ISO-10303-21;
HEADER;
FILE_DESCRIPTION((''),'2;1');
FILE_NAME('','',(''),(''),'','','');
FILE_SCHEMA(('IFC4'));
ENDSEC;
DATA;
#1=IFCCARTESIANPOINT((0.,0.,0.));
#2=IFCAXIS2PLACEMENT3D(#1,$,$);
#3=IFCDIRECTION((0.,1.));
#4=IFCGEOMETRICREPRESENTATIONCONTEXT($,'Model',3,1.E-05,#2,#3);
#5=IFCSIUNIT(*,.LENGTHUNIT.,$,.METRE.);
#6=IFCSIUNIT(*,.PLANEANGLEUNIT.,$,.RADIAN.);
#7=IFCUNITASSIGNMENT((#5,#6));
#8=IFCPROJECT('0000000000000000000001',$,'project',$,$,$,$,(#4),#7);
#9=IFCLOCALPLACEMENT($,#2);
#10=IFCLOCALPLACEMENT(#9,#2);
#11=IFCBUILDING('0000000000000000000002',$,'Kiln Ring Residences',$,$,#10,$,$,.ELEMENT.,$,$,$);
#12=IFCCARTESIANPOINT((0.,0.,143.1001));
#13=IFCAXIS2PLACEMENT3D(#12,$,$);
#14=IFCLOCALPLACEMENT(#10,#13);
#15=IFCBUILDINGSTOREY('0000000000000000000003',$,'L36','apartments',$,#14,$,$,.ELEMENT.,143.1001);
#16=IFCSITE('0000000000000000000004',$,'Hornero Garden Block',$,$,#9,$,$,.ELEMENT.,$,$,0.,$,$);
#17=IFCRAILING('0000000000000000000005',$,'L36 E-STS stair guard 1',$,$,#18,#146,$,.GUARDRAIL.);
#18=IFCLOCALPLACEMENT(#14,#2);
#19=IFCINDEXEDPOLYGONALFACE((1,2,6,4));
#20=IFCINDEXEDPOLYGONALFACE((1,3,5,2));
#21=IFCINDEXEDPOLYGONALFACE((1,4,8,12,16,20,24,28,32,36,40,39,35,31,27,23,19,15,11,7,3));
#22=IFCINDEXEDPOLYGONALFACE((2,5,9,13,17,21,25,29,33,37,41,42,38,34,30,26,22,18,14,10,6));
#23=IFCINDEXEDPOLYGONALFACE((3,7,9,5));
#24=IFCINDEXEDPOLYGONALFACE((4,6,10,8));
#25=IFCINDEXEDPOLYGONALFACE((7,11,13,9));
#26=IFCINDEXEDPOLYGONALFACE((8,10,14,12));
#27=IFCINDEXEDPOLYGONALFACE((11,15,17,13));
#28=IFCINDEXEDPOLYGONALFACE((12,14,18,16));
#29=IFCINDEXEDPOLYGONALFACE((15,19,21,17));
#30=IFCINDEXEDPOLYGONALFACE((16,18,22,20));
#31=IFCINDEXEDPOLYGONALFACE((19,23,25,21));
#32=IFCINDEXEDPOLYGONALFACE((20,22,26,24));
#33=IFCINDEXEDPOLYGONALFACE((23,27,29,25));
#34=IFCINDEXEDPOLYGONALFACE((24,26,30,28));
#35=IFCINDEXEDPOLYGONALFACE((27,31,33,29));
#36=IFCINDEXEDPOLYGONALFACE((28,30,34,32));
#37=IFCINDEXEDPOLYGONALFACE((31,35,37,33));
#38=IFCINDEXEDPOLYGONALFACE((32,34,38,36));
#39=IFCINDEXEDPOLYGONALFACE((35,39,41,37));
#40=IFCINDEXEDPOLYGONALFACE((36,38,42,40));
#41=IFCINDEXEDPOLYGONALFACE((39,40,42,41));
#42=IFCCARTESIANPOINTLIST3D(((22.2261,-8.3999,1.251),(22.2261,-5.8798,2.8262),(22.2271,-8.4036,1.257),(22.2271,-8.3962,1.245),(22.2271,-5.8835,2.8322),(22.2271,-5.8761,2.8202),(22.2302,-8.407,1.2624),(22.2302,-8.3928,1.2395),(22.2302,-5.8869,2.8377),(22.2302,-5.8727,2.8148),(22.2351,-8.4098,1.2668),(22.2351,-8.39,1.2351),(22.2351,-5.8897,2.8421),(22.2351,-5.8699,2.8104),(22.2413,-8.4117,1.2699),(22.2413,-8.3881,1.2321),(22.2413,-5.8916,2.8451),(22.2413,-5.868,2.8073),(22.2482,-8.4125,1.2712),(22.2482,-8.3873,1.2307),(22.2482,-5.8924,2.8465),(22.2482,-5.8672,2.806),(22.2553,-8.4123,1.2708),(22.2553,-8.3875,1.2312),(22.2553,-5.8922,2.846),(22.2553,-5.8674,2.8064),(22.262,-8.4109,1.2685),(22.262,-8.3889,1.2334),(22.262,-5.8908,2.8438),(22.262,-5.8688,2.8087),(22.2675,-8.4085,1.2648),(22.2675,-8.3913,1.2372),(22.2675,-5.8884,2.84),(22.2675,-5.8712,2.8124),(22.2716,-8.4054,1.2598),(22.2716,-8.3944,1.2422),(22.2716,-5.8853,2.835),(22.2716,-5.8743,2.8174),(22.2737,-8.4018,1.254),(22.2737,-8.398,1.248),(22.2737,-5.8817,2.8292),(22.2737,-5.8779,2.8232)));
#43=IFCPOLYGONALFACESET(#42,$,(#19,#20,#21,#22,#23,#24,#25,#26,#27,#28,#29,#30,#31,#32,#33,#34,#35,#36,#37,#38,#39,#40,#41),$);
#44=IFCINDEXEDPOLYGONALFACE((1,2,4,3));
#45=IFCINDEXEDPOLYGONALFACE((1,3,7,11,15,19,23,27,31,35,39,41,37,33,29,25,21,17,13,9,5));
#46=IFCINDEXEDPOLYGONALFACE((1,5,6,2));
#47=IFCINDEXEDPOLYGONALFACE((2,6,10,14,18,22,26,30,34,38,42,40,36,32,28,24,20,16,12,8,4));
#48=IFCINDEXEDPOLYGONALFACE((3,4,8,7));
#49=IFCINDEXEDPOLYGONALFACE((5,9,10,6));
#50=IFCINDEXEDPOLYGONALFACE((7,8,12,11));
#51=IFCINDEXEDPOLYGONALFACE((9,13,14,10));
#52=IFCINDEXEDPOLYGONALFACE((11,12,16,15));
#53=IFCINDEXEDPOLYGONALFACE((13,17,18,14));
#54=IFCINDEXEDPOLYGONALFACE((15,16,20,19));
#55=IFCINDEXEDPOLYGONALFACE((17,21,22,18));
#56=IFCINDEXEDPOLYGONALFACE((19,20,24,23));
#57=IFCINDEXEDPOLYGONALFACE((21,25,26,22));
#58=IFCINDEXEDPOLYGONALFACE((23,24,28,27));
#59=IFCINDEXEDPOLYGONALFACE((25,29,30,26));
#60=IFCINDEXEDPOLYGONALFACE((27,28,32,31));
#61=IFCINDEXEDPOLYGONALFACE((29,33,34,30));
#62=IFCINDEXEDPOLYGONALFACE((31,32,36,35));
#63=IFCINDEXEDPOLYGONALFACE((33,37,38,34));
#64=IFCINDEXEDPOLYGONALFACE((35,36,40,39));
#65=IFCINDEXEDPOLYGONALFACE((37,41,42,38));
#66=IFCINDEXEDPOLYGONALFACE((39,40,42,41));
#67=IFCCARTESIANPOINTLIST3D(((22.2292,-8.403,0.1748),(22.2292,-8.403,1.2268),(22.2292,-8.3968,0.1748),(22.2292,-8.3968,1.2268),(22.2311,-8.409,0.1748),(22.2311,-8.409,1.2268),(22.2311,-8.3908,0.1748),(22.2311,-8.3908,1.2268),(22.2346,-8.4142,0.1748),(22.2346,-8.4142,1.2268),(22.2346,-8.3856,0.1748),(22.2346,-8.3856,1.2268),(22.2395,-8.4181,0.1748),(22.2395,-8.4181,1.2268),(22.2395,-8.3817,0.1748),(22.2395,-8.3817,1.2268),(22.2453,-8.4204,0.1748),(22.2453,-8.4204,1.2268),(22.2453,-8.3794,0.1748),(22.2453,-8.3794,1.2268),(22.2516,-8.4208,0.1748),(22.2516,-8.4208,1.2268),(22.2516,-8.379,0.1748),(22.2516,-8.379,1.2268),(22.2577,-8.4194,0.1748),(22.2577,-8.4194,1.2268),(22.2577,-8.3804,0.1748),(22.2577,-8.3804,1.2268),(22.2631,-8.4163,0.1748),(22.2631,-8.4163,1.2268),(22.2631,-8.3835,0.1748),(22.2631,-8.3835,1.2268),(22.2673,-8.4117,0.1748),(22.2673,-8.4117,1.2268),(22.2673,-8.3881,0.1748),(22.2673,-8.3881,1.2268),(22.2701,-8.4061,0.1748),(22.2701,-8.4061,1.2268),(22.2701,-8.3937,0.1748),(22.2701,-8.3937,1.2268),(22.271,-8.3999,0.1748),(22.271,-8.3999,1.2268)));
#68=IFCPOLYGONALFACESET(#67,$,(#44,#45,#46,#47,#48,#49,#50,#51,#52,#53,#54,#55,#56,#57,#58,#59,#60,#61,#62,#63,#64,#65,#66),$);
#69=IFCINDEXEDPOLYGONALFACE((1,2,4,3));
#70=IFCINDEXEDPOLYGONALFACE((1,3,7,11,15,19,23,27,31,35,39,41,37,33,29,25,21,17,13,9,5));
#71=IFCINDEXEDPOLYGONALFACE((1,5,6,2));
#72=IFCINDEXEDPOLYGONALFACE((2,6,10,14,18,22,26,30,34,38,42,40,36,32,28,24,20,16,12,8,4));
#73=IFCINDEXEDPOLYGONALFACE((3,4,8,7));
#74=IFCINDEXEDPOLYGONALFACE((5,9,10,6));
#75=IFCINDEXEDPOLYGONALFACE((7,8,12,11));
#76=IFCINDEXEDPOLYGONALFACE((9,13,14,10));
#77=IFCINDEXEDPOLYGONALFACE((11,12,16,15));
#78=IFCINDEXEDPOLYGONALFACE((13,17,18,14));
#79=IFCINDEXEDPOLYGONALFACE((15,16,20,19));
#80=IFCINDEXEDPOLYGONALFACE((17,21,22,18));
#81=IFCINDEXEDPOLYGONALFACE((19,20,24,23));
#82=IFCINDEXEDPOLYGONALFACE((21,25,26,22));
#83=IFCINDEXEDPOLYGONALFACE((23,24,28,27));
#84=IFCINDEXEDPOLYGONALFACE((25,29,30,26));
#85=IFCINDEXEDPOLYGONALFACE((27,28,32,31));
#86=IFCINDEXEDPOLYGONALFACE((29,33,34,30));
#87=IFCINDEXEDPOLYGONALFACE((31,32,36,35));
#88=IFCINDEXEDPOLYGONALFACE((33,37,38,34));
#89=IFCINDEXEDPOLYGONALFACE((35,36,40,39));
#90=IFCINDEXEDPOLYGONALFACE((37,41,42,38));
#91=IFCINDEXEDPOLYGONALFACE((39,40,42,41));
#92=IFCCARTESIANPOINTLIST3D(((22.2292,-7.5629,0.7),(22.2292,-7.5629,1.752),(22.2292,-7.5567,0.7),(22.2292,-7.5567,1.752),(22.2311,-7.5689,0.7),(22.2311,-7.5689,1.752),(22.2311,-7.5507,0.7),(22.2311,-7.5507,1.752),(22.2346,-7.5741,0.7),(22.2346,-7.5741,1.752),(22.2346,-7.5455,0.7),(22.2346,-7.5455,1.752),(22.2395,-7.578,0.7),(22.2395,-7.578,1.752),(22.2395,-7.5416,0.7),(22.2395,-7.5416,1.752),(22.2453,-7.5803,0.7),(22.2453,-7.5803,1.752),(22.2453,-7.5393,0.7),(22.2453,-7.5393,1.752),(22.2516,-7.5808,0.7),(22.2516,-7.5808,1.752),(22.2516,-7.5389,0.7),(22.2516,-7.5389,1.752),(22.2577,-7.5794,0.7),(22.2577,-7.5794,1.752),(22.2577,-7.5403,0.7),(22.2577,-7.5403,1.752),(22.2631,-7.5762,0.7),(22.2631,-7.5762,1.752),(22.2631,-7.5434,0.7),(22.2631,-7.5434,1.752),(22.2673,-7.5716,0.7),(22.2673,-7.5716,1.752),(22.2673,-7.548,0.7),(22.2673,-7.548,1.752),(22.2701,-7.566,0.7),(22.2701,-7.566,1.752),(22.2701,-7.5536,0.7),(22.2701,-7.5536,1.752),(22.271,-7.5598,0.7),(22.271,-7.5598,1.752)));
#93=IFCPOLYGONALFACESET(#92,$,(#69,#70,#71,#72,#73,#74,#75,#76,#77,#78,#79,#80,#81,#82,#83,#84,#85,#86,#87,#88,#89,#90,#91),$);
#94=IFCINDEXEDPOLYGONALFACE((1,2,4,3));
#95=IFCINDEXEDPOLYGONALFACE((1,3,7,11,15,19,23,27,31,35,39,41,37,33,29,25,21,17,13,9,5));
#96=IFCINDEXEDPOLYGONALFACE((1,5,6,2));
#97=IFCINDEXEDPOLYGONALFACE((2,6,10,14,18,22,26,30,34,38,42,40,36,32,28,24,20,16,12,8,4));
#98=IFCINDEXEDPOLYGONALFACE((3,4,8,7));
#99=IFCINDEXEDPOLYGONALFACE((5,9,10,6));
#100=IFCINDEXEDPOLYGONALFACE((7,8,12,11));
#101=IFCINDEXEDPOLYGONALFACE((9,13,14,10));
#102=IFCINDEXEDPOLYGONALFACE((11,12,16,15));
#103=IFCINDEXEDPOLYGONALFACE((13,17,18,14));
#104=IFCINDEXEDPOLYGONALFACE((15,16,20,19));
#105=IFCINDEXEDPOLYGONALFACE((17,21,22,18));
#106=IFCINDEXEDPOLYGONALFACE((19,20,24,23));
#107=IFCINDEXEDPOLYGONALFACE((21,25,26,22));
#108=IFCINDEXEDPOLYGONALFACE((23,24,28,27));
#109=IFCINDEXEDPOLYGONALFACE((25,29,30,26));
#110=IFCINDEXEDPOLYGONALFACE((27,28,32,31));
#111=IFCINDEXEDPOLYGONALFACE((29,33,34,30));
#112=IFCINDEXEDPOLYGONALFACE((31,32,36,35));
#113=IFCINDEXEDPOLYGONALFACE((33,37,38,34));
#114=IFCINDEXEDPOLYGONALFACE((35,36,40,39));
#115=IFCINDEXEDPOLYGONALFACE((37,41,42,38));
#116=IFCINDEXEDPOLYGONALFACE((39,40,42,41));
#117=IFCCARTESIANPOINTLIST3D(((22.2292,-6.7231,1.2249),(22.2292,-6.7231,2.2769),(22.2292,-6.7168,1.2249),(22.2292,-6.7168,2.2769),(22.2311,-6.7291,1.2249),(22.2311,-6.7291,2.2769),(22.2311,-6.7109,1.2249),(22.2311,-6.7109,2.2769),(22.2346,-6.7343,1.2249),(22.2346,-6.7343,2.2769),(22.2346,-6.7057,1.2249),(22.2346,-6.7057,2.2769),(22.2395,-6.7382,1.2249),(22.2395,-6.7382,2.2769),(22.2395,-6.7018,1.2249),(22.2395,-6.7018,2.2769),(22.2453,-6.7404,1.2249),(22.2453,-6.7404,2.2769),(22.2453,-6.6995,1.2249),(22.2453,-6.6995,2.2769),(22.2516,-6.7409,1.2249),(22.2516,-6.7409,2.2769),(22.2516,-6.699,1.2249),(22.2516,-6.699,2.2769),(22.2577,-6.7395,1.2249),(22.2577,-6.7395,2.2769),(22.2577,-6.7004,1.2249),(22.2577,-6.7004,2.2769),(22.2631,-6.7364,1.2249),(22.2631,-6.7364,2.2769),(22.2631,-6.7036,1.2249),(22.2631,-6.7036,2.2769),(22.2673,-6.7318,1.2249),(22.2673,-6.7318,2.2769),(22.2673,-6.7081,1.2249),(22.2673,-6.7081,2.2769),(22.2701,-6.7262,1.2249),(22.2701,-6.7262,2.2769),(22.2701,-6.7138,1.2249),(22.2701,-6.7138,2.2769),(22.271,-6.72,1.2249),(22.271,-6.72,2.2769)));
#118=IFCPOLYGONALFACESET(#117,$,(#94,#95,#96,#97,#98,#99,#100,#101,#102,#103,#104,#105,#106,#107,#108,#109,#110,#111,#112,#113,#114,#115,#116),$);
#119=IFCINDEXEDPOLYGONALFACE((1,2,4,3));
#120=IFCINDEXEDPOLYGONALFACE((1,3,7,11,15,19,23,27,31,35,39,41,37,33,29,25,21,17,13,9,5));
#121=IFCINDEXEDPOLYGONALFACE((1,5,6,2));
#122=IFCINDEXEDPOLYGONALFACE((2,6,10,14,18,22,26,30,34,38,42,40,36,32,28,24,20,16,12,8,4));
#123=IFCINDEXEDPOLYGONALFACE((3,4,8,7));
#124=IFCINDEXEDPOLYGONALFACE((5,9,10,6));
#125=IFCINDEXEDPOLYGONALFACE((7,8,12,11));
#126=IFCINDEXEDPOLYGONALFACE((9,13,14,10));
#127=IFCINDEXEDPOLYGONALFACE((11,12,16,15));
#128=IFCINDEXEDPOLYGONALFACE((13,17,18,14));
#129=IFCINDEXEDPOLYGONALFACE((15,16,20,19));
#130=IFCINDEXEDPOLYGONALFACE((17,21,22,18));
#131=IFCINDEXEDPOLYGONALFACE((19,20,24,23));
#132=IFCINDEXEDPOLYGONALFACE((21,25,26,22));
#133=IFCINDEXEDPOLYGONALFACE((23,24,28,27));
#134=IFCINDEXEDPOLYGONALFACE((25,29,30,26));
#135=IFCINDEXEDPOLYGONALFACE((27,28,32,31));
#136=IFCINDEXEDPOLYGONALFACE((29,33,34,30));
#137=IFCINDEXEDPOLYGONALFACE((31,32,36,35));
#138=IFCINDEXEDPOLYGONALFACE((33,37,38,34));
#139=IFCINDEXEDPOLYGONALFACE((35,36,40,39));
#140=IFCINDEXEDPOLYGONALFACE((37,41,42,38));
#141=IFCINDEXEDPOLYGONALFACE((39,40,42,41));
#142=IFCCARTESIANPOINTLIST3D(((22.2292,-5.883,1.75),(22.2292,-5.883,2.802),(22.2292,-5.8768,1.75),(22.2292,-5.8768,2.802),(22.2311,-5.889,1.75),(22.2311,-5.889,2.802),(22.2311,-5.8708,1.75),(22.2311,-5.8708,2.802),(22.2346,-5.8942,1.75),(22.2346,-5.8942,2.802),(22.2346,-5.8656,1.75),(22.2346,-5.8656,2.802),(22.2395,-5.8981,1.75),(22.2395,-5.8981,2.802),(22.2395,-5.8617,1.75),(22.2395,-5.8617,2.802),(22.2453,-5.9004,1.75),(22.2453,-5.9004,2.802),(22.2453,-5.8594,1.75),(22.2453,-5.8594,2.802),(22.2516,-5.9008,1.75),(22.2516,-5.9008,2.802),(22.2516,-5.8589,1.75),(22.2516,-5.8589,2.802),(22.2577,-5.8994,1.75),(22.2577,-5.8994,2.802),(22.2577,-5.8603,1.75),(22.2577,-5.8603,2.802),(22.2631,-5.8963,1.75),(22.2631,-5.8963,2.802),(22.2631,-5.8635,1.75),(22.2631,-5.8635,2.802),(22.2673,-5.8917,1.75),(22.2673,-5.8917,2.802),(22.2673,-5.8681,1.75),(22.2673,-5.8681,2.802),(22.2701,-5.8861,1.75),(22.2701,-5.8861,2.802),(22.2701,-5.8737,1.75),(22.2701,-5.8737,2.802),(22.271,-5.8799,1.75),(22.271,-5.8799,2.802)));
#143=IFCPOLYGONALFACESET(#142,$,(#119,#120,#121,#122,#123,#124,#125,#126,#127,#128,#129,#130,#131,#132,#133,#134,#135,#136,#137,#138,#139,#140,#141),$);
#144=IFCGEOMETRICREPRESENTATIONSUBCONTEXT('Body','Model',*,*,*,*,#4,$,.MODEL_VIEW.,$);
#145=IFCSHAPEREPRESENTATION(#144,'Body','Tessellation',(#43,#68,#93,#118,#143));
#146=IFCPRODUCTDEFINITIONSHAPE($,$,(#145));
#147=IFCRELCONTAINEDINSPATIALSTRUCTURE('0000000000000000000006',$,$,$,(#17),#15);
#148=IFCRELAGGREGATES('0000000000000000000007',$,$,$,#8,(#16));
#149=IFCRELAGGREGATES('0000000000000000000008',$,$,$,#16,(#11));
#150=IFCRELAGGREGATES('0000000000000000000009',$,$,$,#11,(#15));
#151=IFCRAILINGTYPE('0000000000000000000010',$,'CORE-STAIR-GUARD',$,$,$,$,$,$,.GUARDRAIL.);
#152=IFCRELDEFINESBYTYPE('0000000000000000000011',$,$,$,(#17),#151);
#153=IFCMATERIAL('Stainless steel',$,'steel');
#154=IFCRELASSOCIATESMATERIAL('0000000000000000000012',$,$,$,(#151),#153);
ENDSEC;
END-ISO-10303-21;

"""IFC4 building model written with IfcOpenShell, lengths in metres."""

from ifc_helpers import new_model, si_unit, direction, frame, origin, origin_2d, place, context, subcontext, project, spatial, circle, extrude, material, type_object, element, save


model = new_model("IFC4")

# Units and contexts
model_context = context("Model", 3, precision=1e-05, world=origin(), true_north=direction((0.0, 1.0)))
body_context = subcontext(model_context, "Body", "Model", "MODEL_VIEW")
ifc_project = project(units=[si_unit("LENGTHUNIT", "METRE"), si_unit("PLANEANGLEUNIT", "RADIAN")], contexts=[model_context])

# Site, building, storey
site_placement = place(None, origin())
site = spatial("IfcSite", under=ifc_project, at=site_placement, Name="Hornero Garden Block", CompositionType="ELEMENT", RefElevation=0.0)
building_placement = place(site_placement, origin())
building = spatial("IfcBuilding", under=site, at=building_placement, Name="Kiln Ring Residences", CompositionType="ELEMENT")
storey_placement = place(building_placement, frame((0.0, 0.0, 143.1001)))
storey = spatial("IfcBuildingStorey", under=building, at=storey_placement, Name="L36", Description="apartments", CompositionType="ELEMENT", Elevation=143.1001)

# Railing
ifc_material_1 = material(Name="Stainless steel", Category="steel")
railing_type_1 = type_object("IfcRailingType", Name="CORE-STAIR-GUARD", PredefinedType="GUARDRAIL", material=ifc_material_1)
railing_1_placement = place(storey_placement, frame((22.25, -8.3999, 0.1748)))
element("IfcRailing", 1, at=railing_1_placement, inside=storey, type_object=railing_type_1, Name="L36 E-STS stair guard 1", PredefinedType="GUARDRAIL", context=body_context, shape_type="SweptSolid", body=[
    extrude(circle(Radius=0.0239, at=origin_2d()), frame((0.0, 0.0, 1.0762), z_axis=(0.0, 0.847971, 0.530043), x_axis=(-1.0, 0.0, 0.0)), (0.0, 0.0, 1.0), 2.9719),
    extrude(circle(Radius=0.021, at=origin_2d()), origin(), (0.0, 0.0, 1.0), 1.052),
    extrude(circle(Radius=0.021, at=origin_2d()), frame((0.0, 0.8401, 0.5251)), (0.0, 0.0, 1.0), 1.052),
    extrude(circle(Radius=0.021, at=origin_2d()), frame((0.0, 1.6799, 1.05)), (0.0, 0.0, 1.0), 1.052),
    extrude(circle(Radius=0.021, at=origin_2d()), frame((0.0, 2.52, 1.5752)), (0.0, 0.0, 1.0), 1.052),
])

save(model, "model.ifc")
